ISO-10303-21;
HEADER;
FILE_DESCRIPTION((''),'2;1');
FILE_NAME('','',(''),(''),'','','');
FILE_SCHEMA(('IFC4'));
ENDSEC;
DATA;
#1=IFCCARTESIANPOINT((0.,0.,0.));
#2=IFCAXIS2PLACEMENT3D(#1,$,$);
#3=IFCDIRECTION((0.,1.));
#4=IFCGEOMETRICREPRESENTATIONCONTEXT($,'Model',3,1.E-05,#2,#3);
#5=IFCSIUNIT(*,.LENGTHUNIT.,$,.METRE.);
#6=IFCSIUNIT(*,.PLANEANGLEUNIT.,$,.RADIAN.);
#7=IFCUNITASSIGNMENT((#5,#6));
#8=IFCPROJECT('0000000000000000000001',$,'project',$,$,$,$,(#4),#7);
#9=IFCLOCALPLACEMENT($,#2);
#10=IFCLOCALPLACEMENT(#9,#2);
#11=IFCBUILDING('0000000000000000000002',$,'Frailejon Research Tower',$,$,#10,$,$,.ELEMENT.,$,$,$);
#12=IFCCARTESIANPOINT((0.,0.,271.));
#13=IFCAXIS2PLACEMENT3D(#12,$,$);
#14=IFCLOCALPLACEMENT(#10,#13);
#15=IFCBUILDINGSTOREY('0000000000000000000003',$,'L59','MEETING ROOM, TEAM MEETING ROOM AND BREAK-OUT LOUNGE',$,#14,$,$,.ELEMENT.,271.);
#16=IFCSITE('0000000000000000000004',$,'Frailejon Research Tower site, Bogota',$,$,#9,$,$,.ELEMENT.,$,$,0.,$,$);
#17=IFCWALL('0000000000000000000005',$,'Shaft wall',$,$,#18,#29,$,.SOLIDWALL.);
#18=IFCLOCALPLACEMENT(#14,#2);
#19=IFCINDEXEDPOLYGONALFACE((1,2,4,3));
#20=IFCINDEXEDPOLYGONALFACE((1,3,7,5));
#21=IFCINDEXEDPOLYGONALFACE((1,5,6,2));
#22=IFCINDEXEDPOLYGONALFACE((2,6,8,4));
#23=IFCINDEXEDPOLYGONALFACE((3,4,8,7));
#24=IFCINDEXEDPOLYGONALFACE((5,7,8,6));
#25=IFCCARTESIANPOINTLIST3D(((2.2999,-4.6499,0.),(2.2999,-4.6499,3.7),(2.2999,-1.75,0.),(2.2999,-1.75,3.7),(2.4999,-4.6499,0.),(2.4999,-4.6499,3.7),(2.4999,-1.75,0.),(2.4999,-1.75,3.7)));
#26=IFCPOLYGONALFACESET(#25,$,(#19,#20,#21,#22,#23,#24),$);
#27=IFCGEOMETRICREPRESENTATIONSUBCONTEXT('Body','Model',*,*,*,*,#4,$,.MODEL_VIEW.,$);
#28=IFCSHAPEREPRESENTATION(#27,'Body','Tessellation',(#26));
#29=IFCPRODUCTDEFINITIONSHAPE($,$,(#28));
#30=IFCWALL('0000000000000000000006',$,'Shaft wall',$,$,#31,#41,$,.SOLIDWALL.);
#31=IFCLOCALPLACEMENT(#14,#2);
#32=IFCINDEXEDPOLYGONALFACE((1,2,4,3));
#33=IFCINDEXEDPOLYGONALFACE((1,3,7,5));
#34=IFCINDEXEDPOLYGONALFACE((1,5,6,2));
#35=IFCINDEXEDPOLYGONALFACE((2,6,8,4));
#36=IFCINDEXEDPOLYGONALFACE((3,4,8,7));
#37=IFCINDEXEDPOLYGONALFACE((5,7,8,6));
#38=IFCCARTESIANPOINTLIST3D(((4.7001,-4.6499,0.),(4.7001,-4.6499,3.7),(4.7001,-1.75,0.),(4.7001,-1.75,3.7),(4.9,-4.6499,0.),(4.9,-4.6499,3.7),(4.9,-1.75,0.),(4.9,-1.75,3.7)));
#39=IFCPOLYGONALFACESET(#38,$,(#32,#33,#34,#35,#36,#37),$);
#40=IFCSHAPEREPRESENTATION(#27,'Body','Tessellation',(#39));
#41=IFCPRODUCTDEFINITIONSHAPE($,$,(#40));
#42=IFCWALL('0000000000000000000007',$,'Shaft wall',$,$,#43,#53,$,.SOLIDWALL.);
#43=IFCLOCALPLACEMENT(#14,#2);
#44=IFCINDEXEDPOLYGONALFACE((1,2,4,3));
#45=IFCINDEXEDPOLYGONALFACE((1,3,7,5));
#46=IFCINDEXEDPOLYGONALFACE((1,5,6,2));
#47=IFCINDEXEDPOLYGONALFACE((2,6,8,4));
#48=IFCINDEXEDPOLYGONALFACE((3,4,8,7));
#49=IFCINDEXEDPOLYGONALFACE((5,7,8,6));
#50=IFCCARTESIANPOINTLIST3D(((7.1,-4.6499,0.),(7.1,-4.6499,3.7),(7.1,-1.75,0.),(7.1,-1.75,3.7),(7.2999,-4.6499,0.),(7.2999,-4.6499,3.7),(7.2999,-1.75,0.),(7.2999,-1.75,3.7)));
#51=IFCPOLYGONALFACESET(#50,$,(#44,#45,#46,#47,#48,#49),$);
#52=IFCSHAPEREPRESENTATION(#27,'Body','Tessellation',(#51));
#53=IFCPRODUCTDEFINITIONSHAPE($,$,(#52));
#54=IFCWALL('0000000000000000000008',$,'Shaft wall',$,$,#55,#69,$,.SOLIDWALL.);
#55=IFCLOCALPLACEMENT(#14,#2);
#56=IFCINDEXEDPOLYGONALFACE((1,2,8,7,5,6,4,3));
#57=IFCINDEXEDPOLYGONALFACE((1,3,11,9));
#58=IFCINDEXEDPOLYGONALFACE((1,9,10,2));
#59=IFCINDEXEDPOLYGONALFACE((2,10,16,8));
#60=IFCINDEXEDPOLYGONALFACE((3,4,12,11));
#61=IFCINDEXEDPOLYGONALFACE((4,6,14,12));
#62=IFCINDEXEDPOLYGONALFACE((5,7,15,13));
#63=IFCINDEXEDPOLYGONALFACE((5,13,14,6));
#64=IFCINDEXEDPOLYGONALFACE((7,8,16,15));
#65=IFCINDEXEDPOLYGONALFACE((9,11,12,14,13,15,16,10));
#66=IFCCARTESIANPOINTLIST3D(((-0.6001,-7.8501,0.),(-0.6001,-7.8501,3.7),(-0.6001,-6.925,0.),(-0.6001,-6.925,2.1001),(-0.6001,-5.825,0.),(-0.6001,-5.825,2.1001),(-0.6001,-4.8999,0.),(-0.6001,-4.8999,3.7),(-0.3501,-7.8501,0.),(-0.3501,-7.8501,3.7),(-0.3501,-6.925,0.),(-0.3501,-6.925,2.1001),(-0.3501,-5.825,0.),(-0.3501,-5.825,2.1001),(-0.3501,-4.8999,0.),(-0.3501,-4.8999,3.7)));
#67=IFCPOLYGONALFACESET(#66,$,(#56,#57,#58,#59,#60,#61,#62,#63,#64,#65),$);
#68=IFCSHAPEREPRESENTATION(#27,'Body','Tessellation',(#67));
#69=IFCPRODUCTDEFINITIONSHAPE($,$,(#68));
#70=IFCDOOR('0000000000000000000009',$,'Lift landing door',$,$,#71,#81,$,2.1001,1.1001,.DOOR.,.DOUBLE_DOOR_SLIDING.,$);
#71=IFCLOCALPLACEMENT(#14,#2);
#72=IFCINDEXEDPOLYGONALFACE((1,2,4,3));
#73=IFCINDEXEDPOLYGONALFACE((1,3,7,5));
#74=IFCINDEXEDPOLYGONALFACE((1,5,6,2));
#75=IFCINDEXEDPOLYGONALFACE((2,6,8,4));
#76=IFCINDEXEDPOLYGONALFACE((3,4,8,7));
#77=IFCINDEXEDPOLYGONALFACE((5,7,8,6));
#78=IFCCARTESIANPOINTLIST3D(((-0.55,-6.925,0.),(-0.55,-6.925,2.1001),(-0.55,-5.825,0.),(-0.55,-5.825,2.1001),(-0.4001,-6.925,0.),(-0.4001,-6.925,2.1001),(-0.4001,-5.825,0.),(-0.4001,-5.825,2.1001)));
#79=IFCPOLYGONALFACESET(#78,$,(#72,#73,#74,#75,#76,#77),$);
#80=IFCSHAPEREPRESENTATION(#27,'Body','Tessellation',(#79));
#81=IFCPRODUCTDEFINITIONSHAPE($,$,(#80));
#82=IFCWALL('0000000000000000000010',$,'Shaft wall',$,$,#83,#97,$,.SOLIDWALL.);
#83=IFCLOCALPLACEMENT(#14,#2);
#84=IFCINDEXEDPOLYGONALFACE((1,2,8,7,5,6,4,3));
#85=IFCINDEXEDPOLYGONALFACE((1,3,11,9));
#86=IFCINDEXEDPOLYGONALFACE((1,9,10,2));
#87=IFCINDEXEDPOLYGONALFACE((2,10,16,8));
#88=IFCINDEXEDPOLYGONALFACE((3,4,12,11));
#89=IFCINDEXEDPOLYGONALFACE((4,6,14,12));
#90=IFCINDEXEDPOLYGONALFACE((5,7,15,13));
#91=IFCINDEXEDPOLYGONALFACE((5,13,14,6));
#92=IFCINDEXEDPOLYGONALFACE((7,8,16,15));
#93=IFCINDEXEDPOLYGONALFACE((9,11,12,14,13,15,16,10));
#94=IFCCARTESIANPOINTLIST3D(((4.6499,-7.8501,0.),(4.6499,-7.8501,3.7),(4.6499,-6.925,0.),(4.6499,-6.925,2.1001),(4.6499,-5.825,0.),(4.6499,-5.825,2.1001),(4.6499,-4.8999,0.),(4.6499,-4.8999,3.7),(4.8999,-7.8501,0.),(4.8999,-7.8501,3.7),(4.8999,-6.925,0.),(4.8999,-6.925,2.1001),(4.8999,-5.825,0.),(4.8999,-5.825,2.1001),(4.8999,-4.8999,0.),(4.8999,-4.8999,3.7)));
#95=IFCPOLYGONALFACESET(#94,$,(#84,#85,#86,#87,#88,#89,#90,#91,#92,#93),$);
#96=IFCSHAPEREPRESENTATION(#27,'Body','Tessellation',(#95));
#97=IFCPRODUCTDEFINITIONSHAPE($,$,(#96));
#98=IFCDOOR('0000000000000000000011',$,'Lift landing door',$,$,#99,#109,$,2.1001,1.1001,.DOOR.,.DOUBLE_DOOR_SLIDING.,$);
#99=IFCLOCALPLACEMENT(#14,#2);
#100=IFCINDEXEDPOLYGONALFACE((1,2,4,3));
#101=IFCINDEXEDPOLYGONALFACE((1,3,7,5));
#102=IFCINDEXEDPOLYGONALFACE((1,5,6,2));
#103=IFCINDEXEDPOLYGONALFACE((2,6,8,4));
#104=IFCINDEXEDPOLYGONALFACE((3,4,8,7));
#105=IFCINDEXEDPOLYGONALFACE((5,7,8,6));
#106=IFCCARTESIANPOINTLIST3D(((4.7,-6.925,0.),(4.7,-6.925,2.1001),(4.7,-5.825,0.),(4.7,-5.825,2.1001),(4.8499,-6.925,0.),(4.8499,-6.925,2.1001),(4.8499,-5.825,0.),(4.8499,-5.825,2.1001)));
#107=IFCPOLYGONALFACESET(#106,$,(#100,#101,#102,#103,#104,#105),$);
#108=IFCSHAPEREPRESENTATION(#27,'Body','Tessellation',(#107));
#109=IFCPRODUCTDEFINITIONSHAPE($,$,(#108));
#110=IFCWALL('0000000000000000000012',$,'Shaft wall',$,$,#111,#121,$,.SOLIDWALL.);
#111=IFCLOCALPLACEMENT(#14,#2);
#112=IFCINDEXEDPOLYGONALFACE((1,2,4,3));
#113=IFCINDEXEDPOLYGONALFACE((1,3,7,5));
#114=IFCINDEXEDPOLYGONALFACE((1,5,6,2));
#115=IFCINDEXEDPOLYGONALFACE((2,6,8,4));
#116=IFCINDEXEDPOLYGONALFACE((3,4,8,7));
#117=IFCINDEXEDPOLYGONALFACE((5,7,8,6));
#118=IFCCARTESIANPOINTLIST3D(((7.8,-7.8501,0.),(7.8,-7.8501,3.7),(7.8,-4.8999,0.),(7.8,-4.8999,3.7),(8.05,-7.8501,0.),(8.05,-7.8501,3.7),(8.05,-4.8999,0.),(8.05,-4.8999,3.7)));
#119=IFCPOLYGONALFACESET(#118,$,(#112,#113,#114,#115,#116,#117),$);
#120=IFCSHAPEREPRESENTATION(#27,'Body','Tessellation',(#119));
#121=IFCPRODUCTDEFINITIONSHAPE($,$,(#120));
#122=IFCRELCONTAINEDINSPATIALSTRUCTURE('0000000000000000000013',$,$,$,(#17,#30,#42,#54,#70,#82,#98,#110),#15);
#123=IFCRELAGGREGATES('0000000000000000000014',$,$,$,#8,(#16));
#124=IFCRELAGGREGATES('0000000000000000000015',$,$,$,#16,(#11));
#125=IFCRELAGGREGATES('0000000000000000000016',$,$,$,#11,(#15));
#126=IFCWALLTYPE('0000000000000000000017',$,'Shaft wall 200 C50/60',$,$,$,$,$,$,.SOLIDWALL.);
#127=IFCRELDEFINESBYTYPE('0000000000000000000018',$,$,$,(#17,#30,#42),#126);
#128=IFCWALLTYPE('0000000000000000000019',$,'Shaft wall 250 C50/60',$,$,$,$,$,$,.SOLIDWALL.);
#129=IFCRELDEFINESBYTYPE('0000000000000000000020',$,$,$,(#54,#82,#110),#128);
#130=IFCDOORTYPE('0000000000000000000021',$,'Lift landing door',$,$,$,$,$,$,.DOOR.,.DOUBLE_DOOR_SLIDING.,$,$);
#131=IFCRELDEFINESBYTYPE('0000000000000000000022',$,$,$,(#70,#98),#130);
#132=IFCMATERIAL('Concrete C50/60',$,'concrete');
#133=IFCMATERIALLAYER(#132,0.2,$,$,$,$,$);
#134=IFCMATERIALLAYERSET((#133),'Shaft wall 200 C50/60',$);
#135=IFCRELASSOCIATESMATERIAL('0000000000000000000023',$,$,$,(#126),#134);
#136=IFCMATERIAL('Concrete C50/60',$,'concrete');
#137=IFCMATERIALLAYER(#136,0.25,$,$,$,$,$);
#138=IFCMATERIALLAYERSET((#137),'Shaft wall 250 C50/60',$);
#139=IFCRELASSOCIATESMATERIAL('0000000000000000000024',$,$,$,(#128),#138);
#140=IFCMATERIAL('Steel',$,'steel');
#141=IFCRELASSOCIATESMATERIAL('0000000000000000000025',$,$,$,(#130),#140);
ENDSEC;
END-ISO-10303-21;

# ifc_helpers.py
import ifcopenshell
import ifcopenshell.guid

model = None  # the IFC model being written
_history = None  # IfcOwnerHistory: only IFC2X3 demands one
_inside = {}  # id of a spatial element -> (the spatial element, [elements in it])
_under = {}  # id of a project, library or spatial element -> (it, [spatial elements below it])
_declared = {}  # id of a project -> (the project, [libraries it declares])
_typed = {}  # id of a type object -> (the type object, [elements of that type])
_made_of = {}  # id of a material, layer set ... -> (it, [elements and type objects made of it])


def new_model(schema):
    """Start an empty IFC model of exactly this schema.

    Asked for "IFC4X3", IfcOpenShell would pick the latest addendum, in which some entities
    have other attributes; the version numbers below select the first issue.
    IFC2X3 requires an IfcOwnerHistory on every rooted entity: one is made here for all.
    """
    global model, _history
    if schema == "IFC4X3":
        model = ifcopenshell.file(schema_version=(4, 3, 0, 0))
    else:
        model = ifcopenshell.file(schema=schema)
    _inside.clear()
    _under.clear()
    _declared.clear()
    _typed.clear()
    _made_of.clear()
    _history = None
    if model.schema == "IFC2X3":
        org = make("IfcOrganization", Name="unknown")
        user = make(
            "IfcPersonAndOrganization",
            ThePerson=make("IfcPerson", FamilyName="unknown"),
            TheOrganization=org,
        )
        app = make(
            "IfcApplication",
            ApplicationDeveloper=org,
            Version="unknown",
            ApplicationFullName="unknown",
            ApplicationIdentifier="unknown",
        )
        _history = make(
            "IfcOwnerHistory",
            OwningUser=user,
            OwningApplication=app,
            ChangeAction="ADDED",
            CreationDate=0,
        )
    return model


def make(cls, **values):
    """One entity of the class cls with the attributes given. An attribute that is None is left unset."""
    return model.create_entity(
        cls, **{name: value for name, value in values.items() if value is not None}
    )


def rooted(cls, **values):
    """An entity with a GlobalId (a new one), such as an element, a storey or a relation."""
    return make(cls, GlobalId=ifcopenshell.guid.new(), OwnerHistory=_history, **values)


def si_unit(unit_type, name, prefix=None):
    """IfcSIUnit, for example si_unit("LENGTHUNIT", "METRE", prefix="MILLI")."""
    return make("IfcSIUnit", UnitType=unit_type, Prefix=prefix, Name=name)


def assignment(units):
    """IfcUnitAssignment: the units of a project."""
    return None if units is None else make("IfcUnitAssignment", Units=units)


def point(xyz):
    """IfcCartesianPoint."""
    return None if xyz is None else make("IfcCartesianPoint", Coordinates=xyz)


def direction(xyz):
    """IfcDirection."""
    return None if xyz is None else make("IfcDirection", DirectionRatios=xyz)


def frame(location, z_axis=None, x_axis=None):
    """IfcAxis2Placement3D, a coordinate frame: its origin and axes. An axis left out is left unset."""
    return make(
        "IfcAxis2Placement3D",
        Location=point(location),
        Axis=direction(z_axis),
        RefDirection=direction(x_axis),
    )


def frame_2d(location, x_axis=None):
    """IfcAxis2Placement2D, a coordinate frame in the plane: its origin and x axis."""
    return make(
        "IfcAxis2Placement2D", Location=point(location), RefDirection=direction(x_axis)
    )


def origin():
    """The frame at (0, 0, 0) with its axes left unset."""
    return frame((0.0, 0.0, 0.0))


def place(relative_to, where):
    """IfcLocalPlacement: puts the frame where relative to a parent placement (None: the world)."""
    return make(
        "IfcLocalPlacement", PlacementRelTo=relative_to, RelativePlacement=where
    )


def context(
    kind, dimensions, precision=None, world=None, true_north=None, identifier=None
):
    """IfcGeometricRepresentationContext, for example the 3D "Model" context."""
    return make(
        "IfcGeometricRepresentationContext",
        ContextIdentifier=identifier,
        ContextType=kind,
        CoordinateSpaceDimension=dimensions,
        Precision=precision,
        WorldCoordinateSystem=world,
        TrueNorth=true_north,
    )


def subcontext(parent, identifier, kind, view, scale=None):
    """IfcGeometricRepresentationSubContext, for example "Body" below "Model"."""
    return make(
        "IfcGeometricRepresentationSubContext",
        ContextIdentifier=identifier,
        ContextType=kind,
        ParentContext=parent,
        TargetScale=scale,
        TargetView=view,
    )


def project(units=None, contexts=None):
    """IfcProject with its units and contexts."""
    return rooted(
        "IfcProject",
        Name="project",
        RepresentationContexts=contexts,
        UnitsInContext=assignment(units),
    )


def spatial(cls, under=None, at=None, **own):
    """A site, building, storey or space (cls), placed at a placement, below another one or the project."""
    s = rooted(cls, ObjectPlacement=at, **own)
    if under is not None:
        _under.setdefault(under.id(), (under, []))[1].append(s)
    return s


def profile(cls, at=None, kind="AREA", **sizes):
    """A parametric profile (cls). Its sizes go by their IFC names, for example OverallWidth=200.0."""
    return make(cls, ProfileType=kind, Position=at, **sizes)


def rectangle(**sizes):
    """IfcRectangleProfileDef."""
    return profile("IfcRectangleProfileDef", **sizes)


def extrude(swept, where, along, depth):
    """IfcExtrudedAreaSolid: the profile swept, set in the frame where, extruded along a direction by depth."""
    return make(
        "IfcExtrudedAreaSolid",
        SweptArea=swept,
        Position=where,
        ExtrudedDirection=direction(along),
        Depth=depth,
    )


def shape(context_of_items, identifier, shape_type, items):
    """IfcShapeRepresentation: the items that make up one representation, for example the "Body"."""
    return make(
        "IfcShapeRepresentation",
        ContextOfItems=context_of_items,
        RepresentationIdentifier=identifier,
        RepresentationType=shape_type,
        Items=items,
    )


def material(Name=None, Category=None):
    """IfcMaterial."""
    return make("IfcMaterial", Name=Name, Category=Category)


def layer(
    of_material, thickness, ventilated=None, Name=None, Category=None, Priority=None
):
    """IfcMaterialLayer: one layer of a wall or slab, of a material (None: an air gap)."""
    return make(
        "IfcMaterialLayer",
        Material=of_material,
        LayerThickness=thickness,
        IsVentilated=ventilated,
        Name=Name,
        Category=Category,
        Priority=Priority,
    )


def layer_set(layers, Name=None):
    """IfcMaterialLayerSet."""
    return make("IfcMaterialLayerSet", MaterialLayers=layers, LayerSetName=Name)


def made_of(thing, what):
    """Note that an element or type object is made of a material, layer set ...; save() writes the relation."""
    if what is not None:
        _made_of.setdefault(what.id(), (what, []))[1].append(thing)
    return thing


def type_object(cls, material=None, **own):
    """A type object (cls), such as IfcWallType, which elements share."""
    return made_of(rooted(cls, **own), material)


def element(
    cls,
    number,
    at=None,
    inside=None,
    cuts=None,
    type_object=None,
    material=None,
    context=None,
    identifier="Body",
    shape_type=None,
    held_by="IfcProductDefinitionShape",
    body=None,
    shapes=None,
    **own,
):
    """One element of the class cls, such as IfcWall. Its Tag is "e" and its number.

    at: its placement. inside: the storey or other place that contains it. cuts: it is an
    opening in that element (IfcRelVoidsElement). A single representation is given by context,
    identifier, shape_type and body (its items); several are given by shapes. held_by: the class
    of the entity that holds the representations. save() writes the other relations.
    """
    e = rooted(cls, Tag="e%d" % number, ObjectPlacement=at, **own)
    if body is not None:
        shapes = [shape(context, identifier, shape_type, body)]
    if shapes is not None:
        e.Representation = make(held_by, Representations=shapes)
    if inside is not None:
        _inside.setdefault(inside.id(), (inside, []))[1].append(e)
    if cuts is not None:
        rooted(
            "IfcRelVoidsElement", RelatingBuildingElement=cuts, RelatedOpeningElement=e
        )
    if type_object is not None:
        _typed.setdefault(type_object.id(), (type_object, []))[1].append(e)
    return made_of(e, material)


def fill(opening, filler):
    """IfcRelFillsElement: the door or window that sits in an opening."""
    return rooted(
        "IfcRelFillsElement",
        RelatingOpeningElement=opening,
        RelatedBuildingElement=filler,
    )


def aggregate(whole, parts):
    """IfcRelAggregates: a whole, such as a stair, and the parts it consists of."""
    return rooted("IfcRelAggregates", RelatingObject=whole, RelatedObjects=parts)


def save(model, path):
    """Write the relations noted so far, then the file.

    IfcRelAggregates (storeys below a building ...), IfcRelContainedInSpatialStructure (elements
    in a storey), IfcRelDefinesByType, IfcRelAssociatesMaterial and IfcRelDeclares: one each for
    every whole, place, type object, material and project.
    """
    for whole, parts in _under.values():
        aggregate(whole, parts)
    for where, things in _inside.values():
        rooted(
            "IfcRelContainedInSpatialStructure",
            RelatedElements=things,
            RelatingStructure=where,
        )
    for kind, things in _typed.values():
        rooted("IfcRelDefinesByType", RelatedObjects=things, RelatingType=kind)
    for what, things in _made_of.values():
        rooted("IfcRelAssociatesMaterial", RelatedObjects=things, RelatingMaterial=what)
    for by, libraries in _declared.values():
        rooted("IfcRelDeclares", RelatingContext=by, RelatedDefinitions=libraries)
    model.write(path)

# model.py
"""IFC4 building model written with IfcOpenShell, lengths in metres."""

from ifc_helpers import new_model, si_unit, direction, frame, frame_2d, origin, place, context, subcontext, project, spatial, rectangle, extrude, material, layer, layer_set, type_object, element, fill, save


model = new_model("IFC4")

# Units and contexts
model_context = context("Model", 3, precision=1e-05, world=origin(), true_north=direction((0.0, 1.0)))
body_context = subcontext(model_context, "Body", "Model", "MODEL_VIEW")
ifc_project = project(units=[si_unit("LENGTHUNIT", "METRE"), si_unit("PLANEANGLEUNIT", "RADIAN")], contexts=[model_context])

# Site, building, storey
site_placement = place(None, origin())
site = spatial("IfcSite", under=ifc_project, at=site_placement, Name="Frailejon Research Tower site, Bogota", CompositionType="ELEMENT", RefElevation=0.0)
building_placement = place(site_placement, origin())
building = spatial("IfcBuilding", under=site, at=building_placement, Name="Frailejon Research Tower", CompositionType="ELEMENT")
storey_placement = place(building_placement, frame((0.0, 0.0, 271.0)))
storey = spatial("IfcBuildingStorey", under=building, at=storey_placement, Name="L59", Description="MEETING ROOM, TEAM MEETING ROOM AND BREAK-OUT LOUNGE", CompositionType="ELEMENT", Elevation=271.0)

# Walls
ifc_material_1 = material(Name="Concrete C50/60", Category="concrete")
ifc_layer_1 = layer(ifc_material_1, 0.2)
ifc_layer_set_1 = layer_set([ifc_layer_1], Name="Shaft wall 200 C50/60")
wall_type_1 = type_object("IfcWallType", Name="Shaft wall 200 C50/60", PredefinedType="SOLIDWALL", material=ifc_layer_set_1)
for number, where, z_axis, x_axis, name in (
    (1, (2.3999, -4.6499, 0.0), (0.0, 0.0, 1.0), (0.0, 1.0, 0.0), "Shaft wall"),
    (2, (4.8, -4.6499, 0.0), (0.0, 0.0, 1.0), (0.0, 1.0, 0.0), "Shaft wall"),
    (3, (7.2, -4.6499, 0.0), (0.0, 0.0, 1.0), (0.0, 1.0, 0.0), "Shaft wall"),
):
    element("IfcWall", number, at=place(storey_placement, frame(where, z_axis=z_axis, x_axis=x_axis)), inside=storey, type_object=wall_type_1, Name=name, PredefinedType="SOLIDWALL", context=body_context, shape_type="SweptSolid", body=[
        extrude(rectangle(XDim=2.8999, YDim=0.2, at=frame_2d((1.45, 0.0))), origin(), (0.0, 0.0, 1.0), 3.7),
    ])

# Walls, openings, doors
ifc_material_2 = material(Name="Concrete C50/60", Category="concrete")
ifc_layer_2 = layer(ifc_material_2, 0.25)
ifc_layer_set_2 = layer_set([ifc_layer_2], Name="Shaft wall 250 C50/60")
wall_type_2 = type_object("IfcWallType", Name="Shaft wall 250 C50/60", PredefinedType="SOLIDWALL", material=ifc_layer_set_2)
wall_1_placement = place(storey_placement, frame((-0.4751, -7.8501, 0.0), z_axis=(0.0, 0.0, 1.0), x_axis=(0.0, 1.0, 0.0)))
wall_1 = element("IfcWall", 4, at=wall_1_placement, inside=storey, type_object=wall_type_2, Name="Shaft wall", PredefinedType="SOLIDWALL", context=body_context, shape_type="SweptSolid", body=[
    extrude(rectangle(XDim=2.9502, YDim=0.25, at=frame_2d((1.4751, 0.0))), origin(), (0.0, 0.0, 1.0), 3.7),
])
opening_1_placement = place(wall_1_placement, frame((0.925, 0.0, 0.0)))
opening_1 = element("IfcOpeningElement", 5, at=opening_1_placement, cuts=wall_1, PredefinedType="OPENING", context=body_context, shape_type="SweptSolid", body=[
    extrude(rectangle(XDim=1.1001, YDim=2.1001, at=frame_2d((0.55, 1.05))), frame((0.0, 0.135, 0.0), z_axis=(0.0, -1.0, 0.0), x_axis=(1.0, 0.0, 0.0)), (0.0, 0.0, 1.0), 0.27),
])
ifc_material_3 = material(Name="Steel", Category="steel")
door_type_1 = type_object("IfcDoorType", Name="Lift landing door", OperationType="DOUBLE_DOOR_SLIDING", PredefinedType="DOOR", material=ifc_material_3)
door_1_placement = place(opening_1_placement, origin())
door_1 = element("IfcDoor", 6, at=door_1_placement, inside=storey, type_object=door_type_1, Name="Lift landing door", OperationType="DOUBLE_DOOR_SLIDING", OverallHeight=2.1001, OverallWidth=1.1001, PredefinedType="DOOR", context=body_context, shape_type="SweptSolid", body=[
    extrude(rectangle(XDim=1.1001, YDim=2.1001, at=frame_2d((0.55, 1.05))), frame((0.0, 0.075, 0.0), z_axis=(0.0, -1.0, 0.0), x_axis=(1.0, 0.0, 0.0)), (0.0, 0.0, 1.0), 0.1499),
])
fill(opening_1, door_1)
wall_2_placement = place(storey_placement, frame((4.7749, -7.8501, 0.0), z_axis=(0.0, 0.0, 1.0), x_axis=(0.0, 1.0, 0.0)))
wall_2 = element("IfcWall", 7, at=wall_2_placement, inside=storey, type_object=wall_type_2, Name="Shaft wall", PredefinedType="SOLIDWALL", context=body_context, shape_type="SweptSolid", body=[
    extrude(rectangle(XDim=2.9502, YDim=0.25, at=frame_2d((1.4751, 0.0))), origin(), (0.0, 0.0, 1.0), 3.7),
])
opening_2_placement = place(wall_2_placement, frame((0.925, 0.0, 0.0)))
opening_2 = element("IfcOpeningElement", 8, at=opening_2_placement, cuts=wall_2, PredefinedType="OPENING", context=body_context, shape_type="SweptSolid", body=[
    extrude(rectangle(XDim=1.1001, YDim=2.1001, at=frame_2d((0.55, 1.05))), frame((0.0, 0.135, 0.0), z_axis=(0.0, -1.0, 0.0), x_axis=(1.0, 0.0, 0.0)), (0.0, 0.0, 1.0), 0.27),
])
door_2_placement = place(opening_2_placement, origin())
door_2 = element("IfcDoor", 9, at=door_2_placement, inside=storey, type_object=door_type_1, Name="Lift landing door", OperationType="DOUBLE_DOOR_SLIDING", OverallHeight=2.1001, OverallWidth=1.1001, PredefinedType="DOOR", context=body_context, shape_type="SweptSolid", body=[
    extrude(rectangle(XDim=1.1001, YDim=2.1001, at=frame_2d((0.55, 1.05))), frame((0.0, 0.075, 0.0), z_axis=(0.0, -1.0, 0.0), x_axis=(1.0, 0.0, 0.0)), (0.0, 0.0, 1.0), 0.1499),
])
fill(opening_2, door_2)

# Wall
wall_3_placement = place(storey_placement, frame((7.925, -7.8501, 0.0), z_axis=(0.0, 0.0, 1.0), x_axis=(0.0, 1.0, 0.0)))
element("IfcWall", 10, at=wall_3_placement, inside=storey, type_object=wall_type_2, Name="Shaft wall", PredefinedType="SOLIDWALL", context=body_context, shape_type="SweptSolid", body=[
    extrude(rectangle(XDim=2.9502, YDim=0.25, at=frame_2d((1.4751, 0.0))), origin(), (0.0, 0.0, 1.0), 3.7),
])

save(model, "model.ifc")
